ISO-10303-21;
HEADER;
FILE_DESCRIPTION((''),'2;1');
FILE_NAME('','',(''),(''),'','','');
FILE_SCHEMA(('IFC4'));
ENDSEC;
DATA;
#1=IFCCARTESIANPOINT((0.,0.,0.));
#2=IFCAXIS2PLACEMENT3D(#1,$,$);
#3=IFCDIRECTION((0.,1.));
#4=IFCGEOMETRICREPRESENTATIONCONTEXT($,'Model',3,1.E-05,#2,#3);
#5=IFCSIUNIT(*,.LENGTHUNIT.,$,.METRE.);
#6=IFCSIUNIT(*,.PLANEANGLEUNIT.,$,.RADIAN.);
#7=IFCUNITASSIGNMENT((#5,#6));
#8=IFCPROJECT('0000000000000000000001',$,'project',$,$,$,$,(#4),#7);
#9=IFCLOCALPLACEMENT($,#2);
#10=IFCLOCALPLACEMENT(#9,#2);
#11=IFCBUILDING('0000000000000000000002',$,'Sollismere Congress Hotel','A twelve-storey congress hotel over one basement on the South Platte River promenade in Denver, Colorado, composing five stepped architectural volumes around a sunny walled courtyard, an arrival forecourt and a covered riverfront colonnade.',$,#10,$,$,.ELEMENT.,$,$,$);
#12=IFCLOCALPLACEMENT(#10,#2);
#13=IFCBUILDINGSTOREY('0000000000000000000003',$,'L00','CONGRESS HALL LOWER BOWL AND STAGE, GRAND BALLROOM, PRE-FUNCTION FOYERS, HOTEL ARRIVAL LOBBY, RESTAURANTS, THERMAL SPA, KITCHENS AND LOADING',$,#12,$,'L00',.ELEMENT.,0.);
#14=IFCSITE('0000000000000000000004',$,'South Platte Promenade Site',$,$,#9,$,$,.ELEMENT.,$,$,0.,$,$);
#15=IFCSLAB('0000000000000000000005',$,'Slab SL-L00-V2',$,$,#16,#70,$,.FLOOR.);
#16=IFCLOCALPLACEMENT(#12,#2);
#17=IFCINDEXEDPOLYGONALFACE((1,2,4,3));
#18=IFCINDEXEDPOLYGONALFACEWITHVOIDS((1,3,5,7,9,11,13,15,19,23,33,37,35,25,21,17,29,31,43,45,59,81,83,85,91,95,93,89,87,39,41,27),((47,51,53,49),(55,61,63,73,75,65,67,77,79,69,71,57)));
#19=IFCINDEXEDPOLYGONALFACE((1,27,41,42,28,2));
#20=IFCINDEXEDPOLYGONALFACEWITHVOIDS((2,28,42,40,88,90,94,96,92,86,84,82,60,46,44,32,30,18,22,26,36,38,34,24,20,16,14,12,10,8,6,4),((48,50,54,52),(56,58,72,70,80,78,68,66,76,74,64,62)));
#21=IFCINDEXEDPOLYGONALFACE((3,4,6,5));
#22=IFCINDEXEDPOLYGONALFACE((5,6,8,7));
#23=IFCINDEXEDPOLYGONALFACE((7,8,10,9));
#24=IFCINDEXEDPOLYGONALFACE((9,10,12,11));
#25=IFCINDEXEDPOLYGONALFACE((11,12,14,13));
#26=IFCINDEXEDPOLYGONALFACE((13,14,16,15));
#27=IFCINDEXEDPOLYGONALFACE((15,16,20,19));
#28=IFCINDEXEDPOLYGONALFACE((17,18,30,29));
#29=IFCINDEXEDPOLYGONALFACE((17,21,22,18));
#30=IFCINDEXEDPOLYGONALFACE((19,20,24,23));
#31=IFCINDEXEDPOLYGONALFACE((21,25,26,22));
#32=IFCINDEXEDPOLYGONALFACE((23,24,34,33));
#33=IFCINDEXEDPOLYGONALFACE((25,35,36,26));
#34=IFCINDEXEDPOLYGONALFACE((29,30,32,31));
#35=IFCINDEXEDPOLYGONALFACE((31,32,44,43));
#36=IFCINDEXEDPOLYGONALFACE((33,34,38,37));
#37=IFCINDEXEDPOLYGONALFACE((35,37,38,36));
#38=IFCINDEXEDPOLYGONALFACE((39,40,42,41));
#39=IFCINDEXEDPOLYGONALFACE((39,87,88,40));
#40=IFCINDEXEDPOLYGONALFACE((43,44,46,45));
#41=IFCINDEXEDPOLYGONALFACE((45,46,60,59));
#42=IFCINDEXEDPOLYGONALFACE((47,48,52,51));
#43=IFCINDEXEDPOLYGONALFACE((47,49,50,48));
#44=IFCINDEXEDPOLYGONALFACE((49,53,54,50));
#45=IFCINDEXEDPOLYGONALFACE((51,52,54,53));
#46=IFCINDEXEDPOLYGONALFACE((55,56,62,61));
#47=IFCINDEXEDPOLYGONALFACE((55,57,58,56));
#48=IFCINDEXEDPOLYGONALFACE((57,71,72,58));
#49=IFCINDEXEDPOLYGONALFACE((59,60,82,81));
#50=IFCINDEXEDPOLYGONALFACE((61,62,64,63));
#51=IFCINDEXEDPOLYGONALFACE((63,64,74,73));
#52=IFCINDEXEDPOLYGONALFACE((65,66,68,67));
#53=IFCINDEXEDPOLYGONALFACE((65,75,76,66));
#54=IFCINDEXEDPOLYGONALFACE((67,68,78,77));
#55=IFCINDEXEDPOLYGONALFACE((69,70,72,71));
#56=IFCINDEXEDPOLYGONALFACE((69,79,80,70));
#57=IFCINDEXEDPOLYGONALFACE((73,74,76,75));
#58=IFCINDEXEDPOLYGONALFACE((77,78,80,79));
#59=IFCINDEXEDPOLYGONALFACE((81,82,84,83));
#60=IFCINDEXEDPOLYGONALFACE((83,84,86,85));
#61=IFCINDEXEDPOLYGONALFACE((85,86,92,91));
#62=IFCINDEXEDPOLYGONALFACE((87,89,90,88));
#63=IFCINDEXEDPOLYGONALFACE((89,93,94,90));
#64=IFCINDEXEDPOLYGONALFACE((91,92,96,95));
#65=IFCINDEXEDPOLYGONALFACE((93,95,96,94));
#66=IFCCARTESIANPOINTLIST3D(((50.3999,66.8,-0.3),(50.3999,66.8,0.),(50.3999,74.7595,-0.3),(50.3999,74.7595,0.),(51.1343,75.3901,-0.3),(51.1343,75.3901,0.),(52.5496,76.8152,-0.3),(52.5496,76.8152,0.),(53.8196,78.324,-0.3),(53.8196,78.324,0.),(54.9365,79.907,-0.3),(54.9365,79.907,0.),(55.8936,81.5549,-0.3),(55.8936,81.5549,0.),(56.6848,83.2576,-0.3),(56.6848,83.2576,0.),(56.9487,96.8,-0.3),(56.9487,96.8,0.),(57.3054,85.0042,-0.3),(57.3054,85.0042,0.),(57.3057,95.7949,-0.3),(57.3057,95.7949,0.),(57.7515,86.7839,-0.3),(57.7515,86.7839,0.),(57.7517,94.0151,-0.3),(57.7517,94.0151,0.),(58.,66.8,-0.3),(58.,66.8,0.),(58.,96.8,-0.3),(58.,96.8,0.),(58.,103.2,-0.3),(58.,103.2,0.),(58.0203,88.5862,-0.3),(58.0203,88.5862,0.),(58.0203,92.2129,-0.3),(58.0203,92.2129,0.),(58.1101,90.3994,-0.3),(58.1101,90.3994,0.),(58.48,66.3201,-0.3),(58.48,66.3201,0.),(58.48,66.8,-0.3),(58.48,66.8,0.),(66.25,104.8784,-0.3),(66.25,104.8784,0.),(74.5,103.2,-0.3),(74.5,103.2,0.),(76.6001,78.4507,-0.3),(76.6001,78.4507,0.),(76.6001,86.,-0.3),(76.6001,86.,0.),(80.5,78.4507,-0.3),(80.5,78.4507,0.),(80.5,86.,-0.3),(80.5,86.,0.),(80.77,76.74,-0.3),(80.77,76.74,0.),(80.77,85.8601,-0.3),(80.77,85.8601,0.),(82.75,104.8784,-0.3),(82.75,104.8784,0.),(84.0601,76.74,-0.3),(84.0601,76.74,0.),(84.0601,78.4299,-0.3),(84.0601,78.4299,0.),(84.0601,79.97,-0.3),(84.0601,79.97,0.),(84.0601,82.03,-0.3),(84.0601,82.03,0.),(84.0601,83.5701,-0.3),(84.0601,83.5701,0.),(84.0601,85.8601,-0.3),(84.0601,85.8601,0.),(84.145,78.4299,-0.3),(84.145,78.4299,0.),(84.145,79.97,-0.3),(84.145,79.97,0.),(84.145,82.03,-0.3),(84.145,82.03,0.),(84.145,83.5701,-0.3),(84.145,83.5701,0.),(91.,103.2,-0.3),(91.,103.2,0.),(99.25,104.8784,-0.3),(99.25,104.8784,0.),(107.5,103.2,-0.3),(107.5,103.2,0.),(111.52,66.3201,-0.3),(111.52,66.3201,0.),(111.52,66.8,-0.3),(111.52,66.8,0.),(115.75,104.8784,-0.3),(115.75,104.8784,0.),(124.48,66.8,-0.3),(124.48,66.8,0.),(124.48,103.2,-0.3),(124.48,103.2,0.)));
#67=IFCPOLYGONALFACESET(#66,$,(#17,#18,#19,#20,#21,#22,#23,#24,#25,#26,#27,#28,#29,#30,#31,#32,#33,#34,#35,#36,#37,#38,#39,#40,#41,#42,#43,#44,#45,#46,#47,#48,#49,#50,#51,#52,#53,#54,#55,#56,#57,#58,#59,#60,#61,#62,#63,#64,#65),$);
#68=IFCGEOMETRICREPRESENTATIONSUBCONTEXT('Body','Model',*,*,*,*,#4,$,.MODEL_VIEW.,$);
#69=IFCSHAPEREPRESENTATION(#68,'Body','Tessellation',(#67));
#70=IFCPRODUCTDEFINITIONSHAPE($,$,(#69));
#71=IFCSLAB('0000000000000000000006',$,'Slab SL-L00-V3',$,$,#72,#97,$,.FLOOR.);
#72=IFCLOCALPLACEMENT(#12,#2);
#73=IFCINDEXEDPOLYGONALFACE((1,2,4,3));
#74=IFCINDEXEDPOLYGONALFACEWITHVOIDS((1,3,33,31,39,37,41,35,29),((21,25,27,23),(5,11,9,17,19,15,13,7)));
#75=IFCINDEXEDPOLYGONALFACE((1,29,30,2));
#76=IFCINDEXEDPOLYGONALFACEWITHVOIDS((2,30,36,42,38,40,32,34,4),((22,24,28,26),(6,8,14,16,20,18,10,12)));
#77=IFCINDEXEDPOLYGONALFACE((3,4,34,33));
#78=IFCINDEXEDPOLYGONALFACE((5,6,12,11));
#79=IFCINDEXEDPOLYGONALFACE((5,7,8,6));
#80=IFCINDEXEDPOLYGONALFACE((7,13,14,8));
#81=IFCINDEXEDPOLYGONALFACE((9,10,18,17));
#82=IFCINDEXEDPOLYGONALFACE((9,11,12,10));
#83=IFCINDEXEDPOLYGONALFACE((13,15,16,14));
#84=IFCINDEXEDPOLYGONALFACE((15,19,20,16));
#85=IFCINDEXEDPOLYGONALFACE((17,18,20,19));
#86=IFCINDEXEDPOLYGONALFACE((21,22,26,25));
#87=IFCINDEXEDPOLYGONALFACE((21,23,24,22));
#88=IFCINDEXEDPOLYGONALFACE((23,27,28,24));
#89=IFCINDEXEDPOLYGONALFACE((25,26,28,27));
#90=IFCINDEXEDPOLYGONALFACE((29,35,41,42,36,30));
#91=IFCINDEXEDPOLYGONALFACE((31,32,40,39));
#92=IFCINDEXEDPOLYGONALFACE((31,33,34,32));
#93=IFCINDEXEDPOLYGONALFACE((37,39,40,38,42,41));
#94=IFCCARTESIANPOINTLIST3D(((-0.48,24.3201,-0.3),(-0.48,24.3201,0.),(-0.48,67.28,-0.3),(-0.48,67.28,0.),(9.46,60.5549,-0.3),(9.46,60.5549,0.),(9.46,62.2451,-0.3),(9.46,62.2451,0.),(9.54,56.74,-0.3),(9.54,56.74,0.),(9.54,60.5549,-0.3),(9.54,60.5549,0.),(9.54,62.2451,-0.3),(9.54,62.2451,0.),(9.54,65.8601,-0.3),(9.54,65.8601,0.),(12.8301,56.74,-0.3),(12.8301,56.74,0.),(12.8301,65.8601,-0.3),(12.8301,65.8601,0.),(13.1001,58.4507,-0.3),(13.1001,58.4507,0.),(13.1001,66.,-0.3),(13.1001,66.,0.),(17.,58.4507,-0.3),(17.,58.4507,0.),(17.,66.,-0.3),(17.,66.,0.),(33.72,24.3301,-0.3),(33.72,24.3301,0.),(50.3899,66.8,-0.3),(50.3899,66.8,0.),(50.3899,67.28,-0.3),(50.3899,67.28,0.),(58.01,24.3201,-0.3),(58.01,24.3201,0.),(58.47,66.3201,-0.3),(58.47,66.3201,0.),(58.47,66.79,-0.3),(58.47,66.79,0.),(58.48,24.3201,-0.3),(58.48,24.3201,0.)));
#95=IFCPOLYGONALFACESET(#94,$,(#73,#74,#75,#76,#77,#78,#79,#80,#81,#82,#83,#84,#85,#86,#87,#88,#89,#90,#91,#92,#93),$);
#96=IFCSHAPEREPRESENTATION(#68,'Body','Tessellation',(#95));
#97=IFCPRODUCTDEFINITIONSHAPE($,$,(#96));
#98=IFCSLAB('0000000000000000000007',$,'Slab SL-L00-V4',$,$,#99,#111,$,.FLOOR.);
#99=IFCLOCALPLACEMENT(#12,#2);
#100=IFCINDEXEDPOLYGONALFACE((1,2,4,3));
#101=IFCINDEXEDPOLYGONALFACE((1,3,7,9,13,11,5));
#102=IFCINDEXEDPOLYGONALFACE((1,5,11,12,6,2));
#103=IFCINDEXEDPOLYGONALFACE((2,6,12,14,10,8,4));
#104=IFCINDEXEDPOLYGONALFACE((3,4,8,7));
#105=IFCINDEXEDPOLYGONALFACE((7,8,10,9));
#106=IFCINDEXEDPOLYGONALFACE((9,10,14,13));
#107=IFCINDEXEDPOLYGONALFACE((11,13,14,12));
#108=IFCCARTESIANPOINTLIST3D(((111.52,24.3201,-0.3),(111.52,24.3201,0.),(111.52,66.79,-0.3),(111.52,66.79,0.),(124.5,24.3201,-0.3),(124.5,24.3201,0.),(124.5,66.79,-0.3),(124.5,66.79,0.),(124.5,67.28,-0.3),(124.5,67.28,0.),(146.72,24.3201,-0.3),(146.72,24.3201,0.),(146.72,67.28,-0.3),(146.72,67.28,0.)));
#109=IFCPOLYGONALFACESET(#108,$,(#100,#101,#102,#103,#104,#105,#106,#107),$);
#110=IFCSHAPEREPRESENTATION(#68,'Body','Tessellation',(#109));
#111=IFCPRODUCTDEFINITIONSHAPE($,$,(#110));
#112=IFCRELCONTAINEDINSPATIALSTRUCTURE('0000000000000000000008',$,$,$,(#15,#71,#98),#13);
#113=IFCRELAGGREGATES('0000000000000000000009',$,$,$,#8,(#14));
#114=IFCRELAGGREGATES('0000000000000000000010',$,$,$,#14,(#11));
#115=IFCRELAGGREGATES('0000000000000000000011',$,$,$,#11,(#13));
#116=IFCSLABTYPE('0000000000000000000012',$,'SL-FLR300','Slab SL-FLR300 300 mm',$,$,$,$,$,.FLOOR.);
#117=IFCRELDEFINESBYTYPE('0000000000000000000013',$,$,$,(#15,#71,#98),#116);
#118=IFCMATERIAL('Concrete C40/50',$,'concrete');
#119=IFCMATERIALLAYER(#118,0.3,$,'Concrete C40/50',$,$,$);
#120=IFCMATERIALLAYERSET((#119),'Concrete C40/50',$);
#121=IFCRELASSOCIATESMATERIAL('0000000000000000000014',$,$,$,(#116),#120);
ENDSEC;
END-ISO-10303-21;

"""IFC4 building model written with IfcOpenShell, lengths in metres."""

from ifc_helpers import new_model, si_unit, direction, frame, origin, place, context, subcontext, project, spatial, polyline, outline, extrude, material, layer, layer_set, type_object, element, save


model = new_model("IFC4")

# Units and contexts
model_context = context("Model", 3, precision=1e-05, world=origin(), true_north=direction((0.0, 1.0)))
body_context = subcontext(model_context, "Body", "Model", "MODEL_VIEW")
ifc_project = project(units=[si_unit("LENGTHUNIT", "METRE"), si_unit("PLANEANGLEUNIT", "RADIAN")], contexts=[model_context])

# Site, building, storey
site_placement = place(None, origin())
site = spatial("IfcSite", under=ifc_project, at=site_placement, Name="South Platte Promenade Site", CompositionType="ELEMENT", RefElevation=0.0)
building_placement = place(site_placement, origin())
building = spatial("IfcBuilding", under=site, at=building_placement, Name="Sollismere Congress Hotel", Description="A twelve-storey congress hotel over one basement on the South Platte River promenade in Denver, Colorado, composing five stepped architectural volumes around a sunny walled courtyard, an arrival forecourt and a covered riverfront colonnade.", CompositionType="ELEMENT")
storey_placement = place(building_placement, origin())
storey = spatial("IfcBuildingStorey", under=building, at=storey_placement, Name="L00", Description="CONGRESS HALL LOWER BOWL AND STAGE, GRAND BALLROOM, PRE-FUNCTION FOYERS, HOTEL ARRIVAL LOBBY, RESTAURANTS, THERMAL SPA, KITCHENS AND LOADING", LongName="L00", CompositionType="ELEMENT", Elevation=0.0)

# Slabs
ifc_material_1 = material(Name="Concrete C40/50", Category="concrete")
ifc_layer_1 = layer(ifc_material_1, 0.3, Name="Concrete C40/50")
ifc_layer_set_1 = layer_set([ifc_layer_1], Name="Concrete C40/50")
slab_type_1 = type_object("IfcSlabType", Name="SL-FLR300", Description="Slab SL-FLR300 300 mm", PredefinedType="FLOOR", material=ifc_layer_set_1)
slab_1_placement = place(storey_placement, frame((0.0, 0.0, -0.3)))
element("IfcSlab", 1, at=slab_1_placement, inside=storey, type_object=slab_type_1, Name="Slab SL-L00-V2", PredefinedType="FLOOR", context=body_context, shape_type="SweptSolid", body=[
    extrude(outline(polyline([(58.48, 66.3201), (111.52, 66.3201), (111.52, 66.8), (124.48, 66.8), (124.48, 103.2), (115.75, 104.8784), (107.5, 103.2), (99.25, 104.8784), (91.0, 103.2), (82.75, 104.8784), (74.5, 103.2), (66.25, 104.8784), (58.0, 103.2), (58.0, 96.8), (56.9487, 96.8), (57.3057, 95.7949), (57.7517, 94.0151), (58.0203, 92.2129), (58.1101, 90.3994), (58.0203, 88.5862), (57.7515, 86.7839), (57.3054, 85.0042), (56.6848, 83.2576), (55.8936, 81.5549), (54.9365, 79.907), (53.8196, 78.324), (52.5496, 76.8152), (51.1343, 75.3901), (50.3999, 74.7595), (50.3999, 66.8), (58.0, 66.8), (58.48, 66.8), (58.48, 66.3201)]), holes=[polyline([(84.0601, 76.74), (80.77, 76.74), (80.77, 85.8601), (84.0601, 85.8601), (84.0601, 83.5701), (84.145, 83.5701), (84.145, 82.03), (84.0601, 82.03), (84.0601, 79.97), (84.145, 79.97), (84.145, 78.4299), (84.0601, 78.4299), (84.0601, 76.74)]), polyline([(76.6001, 86.0), (80.5, 86.0), (80.5, 78.4507), (76.6001, 78.4507), (76.6001, 86.0)])]), origin(), (0.0, 0.0, 1.0), 0.3),
])
slab_2_placement = place(storey_placement, frame((0.0, 0.0, -0.3)))
element("IfcSlab", 2, at=slab_2_placement, inside=storey, type_object=slab_type_1, Name="Slab SL-L00-V3", PredefinedType="FLOOR", context=body_context, shape_type="SweptSolid", body=[
    extrude(outline(polyline([(50.3899, 67.28), (-0.48, 67.28), (-0.48, 24.3201), (33.72, 24.3301), (58.01, 24.3201), (58.48, 24.3201), (58.47, 66.3201), (58.47, 66.79), (50.3899, 66.8), (50.3899, 67.28)]), holes=[polyline([(9.54, 56.74), (9.54, 60.5549), (9.46, 60.5549), (9.46, 62.2451), (9.54, 62.2451), (9.54, 65.8601), (12.8301, 65.8601), (12.8301, 56.74), (9.54, 56.74)]), polyline([(13.1001, 66.0), (17.0, 66.0), (17.0, 58.4507), (13.1001, 58.4507), (13.1001, 66.0)])]), origin(), (0.0, 0.0, 1.0), 0.3),
])
slab_3_placement = place(storey_placement, frame((0.0, 0.0, -0.3)))
element("IfcSlab", 3, at=slab_3_placement, inside=storey, type_object=slab_type_1, Name="Slab SL-L00-V4", PredefinedType="FLOOR", context=body_context, shape_type="SweptSolid", body=[
    extrude(outline(polyline([(124.5, 24.3201), (146.72, 24.3201), (146.72, 67.28), (124.5, 67.28), (124.5, 66.79), (111.52, 66.79), (111.52, 24.3201), (124.5, 24.3201)])), origin(), (0.0, 0.0, 1.0), 0.3),
])

save(model, "model.ifc")
